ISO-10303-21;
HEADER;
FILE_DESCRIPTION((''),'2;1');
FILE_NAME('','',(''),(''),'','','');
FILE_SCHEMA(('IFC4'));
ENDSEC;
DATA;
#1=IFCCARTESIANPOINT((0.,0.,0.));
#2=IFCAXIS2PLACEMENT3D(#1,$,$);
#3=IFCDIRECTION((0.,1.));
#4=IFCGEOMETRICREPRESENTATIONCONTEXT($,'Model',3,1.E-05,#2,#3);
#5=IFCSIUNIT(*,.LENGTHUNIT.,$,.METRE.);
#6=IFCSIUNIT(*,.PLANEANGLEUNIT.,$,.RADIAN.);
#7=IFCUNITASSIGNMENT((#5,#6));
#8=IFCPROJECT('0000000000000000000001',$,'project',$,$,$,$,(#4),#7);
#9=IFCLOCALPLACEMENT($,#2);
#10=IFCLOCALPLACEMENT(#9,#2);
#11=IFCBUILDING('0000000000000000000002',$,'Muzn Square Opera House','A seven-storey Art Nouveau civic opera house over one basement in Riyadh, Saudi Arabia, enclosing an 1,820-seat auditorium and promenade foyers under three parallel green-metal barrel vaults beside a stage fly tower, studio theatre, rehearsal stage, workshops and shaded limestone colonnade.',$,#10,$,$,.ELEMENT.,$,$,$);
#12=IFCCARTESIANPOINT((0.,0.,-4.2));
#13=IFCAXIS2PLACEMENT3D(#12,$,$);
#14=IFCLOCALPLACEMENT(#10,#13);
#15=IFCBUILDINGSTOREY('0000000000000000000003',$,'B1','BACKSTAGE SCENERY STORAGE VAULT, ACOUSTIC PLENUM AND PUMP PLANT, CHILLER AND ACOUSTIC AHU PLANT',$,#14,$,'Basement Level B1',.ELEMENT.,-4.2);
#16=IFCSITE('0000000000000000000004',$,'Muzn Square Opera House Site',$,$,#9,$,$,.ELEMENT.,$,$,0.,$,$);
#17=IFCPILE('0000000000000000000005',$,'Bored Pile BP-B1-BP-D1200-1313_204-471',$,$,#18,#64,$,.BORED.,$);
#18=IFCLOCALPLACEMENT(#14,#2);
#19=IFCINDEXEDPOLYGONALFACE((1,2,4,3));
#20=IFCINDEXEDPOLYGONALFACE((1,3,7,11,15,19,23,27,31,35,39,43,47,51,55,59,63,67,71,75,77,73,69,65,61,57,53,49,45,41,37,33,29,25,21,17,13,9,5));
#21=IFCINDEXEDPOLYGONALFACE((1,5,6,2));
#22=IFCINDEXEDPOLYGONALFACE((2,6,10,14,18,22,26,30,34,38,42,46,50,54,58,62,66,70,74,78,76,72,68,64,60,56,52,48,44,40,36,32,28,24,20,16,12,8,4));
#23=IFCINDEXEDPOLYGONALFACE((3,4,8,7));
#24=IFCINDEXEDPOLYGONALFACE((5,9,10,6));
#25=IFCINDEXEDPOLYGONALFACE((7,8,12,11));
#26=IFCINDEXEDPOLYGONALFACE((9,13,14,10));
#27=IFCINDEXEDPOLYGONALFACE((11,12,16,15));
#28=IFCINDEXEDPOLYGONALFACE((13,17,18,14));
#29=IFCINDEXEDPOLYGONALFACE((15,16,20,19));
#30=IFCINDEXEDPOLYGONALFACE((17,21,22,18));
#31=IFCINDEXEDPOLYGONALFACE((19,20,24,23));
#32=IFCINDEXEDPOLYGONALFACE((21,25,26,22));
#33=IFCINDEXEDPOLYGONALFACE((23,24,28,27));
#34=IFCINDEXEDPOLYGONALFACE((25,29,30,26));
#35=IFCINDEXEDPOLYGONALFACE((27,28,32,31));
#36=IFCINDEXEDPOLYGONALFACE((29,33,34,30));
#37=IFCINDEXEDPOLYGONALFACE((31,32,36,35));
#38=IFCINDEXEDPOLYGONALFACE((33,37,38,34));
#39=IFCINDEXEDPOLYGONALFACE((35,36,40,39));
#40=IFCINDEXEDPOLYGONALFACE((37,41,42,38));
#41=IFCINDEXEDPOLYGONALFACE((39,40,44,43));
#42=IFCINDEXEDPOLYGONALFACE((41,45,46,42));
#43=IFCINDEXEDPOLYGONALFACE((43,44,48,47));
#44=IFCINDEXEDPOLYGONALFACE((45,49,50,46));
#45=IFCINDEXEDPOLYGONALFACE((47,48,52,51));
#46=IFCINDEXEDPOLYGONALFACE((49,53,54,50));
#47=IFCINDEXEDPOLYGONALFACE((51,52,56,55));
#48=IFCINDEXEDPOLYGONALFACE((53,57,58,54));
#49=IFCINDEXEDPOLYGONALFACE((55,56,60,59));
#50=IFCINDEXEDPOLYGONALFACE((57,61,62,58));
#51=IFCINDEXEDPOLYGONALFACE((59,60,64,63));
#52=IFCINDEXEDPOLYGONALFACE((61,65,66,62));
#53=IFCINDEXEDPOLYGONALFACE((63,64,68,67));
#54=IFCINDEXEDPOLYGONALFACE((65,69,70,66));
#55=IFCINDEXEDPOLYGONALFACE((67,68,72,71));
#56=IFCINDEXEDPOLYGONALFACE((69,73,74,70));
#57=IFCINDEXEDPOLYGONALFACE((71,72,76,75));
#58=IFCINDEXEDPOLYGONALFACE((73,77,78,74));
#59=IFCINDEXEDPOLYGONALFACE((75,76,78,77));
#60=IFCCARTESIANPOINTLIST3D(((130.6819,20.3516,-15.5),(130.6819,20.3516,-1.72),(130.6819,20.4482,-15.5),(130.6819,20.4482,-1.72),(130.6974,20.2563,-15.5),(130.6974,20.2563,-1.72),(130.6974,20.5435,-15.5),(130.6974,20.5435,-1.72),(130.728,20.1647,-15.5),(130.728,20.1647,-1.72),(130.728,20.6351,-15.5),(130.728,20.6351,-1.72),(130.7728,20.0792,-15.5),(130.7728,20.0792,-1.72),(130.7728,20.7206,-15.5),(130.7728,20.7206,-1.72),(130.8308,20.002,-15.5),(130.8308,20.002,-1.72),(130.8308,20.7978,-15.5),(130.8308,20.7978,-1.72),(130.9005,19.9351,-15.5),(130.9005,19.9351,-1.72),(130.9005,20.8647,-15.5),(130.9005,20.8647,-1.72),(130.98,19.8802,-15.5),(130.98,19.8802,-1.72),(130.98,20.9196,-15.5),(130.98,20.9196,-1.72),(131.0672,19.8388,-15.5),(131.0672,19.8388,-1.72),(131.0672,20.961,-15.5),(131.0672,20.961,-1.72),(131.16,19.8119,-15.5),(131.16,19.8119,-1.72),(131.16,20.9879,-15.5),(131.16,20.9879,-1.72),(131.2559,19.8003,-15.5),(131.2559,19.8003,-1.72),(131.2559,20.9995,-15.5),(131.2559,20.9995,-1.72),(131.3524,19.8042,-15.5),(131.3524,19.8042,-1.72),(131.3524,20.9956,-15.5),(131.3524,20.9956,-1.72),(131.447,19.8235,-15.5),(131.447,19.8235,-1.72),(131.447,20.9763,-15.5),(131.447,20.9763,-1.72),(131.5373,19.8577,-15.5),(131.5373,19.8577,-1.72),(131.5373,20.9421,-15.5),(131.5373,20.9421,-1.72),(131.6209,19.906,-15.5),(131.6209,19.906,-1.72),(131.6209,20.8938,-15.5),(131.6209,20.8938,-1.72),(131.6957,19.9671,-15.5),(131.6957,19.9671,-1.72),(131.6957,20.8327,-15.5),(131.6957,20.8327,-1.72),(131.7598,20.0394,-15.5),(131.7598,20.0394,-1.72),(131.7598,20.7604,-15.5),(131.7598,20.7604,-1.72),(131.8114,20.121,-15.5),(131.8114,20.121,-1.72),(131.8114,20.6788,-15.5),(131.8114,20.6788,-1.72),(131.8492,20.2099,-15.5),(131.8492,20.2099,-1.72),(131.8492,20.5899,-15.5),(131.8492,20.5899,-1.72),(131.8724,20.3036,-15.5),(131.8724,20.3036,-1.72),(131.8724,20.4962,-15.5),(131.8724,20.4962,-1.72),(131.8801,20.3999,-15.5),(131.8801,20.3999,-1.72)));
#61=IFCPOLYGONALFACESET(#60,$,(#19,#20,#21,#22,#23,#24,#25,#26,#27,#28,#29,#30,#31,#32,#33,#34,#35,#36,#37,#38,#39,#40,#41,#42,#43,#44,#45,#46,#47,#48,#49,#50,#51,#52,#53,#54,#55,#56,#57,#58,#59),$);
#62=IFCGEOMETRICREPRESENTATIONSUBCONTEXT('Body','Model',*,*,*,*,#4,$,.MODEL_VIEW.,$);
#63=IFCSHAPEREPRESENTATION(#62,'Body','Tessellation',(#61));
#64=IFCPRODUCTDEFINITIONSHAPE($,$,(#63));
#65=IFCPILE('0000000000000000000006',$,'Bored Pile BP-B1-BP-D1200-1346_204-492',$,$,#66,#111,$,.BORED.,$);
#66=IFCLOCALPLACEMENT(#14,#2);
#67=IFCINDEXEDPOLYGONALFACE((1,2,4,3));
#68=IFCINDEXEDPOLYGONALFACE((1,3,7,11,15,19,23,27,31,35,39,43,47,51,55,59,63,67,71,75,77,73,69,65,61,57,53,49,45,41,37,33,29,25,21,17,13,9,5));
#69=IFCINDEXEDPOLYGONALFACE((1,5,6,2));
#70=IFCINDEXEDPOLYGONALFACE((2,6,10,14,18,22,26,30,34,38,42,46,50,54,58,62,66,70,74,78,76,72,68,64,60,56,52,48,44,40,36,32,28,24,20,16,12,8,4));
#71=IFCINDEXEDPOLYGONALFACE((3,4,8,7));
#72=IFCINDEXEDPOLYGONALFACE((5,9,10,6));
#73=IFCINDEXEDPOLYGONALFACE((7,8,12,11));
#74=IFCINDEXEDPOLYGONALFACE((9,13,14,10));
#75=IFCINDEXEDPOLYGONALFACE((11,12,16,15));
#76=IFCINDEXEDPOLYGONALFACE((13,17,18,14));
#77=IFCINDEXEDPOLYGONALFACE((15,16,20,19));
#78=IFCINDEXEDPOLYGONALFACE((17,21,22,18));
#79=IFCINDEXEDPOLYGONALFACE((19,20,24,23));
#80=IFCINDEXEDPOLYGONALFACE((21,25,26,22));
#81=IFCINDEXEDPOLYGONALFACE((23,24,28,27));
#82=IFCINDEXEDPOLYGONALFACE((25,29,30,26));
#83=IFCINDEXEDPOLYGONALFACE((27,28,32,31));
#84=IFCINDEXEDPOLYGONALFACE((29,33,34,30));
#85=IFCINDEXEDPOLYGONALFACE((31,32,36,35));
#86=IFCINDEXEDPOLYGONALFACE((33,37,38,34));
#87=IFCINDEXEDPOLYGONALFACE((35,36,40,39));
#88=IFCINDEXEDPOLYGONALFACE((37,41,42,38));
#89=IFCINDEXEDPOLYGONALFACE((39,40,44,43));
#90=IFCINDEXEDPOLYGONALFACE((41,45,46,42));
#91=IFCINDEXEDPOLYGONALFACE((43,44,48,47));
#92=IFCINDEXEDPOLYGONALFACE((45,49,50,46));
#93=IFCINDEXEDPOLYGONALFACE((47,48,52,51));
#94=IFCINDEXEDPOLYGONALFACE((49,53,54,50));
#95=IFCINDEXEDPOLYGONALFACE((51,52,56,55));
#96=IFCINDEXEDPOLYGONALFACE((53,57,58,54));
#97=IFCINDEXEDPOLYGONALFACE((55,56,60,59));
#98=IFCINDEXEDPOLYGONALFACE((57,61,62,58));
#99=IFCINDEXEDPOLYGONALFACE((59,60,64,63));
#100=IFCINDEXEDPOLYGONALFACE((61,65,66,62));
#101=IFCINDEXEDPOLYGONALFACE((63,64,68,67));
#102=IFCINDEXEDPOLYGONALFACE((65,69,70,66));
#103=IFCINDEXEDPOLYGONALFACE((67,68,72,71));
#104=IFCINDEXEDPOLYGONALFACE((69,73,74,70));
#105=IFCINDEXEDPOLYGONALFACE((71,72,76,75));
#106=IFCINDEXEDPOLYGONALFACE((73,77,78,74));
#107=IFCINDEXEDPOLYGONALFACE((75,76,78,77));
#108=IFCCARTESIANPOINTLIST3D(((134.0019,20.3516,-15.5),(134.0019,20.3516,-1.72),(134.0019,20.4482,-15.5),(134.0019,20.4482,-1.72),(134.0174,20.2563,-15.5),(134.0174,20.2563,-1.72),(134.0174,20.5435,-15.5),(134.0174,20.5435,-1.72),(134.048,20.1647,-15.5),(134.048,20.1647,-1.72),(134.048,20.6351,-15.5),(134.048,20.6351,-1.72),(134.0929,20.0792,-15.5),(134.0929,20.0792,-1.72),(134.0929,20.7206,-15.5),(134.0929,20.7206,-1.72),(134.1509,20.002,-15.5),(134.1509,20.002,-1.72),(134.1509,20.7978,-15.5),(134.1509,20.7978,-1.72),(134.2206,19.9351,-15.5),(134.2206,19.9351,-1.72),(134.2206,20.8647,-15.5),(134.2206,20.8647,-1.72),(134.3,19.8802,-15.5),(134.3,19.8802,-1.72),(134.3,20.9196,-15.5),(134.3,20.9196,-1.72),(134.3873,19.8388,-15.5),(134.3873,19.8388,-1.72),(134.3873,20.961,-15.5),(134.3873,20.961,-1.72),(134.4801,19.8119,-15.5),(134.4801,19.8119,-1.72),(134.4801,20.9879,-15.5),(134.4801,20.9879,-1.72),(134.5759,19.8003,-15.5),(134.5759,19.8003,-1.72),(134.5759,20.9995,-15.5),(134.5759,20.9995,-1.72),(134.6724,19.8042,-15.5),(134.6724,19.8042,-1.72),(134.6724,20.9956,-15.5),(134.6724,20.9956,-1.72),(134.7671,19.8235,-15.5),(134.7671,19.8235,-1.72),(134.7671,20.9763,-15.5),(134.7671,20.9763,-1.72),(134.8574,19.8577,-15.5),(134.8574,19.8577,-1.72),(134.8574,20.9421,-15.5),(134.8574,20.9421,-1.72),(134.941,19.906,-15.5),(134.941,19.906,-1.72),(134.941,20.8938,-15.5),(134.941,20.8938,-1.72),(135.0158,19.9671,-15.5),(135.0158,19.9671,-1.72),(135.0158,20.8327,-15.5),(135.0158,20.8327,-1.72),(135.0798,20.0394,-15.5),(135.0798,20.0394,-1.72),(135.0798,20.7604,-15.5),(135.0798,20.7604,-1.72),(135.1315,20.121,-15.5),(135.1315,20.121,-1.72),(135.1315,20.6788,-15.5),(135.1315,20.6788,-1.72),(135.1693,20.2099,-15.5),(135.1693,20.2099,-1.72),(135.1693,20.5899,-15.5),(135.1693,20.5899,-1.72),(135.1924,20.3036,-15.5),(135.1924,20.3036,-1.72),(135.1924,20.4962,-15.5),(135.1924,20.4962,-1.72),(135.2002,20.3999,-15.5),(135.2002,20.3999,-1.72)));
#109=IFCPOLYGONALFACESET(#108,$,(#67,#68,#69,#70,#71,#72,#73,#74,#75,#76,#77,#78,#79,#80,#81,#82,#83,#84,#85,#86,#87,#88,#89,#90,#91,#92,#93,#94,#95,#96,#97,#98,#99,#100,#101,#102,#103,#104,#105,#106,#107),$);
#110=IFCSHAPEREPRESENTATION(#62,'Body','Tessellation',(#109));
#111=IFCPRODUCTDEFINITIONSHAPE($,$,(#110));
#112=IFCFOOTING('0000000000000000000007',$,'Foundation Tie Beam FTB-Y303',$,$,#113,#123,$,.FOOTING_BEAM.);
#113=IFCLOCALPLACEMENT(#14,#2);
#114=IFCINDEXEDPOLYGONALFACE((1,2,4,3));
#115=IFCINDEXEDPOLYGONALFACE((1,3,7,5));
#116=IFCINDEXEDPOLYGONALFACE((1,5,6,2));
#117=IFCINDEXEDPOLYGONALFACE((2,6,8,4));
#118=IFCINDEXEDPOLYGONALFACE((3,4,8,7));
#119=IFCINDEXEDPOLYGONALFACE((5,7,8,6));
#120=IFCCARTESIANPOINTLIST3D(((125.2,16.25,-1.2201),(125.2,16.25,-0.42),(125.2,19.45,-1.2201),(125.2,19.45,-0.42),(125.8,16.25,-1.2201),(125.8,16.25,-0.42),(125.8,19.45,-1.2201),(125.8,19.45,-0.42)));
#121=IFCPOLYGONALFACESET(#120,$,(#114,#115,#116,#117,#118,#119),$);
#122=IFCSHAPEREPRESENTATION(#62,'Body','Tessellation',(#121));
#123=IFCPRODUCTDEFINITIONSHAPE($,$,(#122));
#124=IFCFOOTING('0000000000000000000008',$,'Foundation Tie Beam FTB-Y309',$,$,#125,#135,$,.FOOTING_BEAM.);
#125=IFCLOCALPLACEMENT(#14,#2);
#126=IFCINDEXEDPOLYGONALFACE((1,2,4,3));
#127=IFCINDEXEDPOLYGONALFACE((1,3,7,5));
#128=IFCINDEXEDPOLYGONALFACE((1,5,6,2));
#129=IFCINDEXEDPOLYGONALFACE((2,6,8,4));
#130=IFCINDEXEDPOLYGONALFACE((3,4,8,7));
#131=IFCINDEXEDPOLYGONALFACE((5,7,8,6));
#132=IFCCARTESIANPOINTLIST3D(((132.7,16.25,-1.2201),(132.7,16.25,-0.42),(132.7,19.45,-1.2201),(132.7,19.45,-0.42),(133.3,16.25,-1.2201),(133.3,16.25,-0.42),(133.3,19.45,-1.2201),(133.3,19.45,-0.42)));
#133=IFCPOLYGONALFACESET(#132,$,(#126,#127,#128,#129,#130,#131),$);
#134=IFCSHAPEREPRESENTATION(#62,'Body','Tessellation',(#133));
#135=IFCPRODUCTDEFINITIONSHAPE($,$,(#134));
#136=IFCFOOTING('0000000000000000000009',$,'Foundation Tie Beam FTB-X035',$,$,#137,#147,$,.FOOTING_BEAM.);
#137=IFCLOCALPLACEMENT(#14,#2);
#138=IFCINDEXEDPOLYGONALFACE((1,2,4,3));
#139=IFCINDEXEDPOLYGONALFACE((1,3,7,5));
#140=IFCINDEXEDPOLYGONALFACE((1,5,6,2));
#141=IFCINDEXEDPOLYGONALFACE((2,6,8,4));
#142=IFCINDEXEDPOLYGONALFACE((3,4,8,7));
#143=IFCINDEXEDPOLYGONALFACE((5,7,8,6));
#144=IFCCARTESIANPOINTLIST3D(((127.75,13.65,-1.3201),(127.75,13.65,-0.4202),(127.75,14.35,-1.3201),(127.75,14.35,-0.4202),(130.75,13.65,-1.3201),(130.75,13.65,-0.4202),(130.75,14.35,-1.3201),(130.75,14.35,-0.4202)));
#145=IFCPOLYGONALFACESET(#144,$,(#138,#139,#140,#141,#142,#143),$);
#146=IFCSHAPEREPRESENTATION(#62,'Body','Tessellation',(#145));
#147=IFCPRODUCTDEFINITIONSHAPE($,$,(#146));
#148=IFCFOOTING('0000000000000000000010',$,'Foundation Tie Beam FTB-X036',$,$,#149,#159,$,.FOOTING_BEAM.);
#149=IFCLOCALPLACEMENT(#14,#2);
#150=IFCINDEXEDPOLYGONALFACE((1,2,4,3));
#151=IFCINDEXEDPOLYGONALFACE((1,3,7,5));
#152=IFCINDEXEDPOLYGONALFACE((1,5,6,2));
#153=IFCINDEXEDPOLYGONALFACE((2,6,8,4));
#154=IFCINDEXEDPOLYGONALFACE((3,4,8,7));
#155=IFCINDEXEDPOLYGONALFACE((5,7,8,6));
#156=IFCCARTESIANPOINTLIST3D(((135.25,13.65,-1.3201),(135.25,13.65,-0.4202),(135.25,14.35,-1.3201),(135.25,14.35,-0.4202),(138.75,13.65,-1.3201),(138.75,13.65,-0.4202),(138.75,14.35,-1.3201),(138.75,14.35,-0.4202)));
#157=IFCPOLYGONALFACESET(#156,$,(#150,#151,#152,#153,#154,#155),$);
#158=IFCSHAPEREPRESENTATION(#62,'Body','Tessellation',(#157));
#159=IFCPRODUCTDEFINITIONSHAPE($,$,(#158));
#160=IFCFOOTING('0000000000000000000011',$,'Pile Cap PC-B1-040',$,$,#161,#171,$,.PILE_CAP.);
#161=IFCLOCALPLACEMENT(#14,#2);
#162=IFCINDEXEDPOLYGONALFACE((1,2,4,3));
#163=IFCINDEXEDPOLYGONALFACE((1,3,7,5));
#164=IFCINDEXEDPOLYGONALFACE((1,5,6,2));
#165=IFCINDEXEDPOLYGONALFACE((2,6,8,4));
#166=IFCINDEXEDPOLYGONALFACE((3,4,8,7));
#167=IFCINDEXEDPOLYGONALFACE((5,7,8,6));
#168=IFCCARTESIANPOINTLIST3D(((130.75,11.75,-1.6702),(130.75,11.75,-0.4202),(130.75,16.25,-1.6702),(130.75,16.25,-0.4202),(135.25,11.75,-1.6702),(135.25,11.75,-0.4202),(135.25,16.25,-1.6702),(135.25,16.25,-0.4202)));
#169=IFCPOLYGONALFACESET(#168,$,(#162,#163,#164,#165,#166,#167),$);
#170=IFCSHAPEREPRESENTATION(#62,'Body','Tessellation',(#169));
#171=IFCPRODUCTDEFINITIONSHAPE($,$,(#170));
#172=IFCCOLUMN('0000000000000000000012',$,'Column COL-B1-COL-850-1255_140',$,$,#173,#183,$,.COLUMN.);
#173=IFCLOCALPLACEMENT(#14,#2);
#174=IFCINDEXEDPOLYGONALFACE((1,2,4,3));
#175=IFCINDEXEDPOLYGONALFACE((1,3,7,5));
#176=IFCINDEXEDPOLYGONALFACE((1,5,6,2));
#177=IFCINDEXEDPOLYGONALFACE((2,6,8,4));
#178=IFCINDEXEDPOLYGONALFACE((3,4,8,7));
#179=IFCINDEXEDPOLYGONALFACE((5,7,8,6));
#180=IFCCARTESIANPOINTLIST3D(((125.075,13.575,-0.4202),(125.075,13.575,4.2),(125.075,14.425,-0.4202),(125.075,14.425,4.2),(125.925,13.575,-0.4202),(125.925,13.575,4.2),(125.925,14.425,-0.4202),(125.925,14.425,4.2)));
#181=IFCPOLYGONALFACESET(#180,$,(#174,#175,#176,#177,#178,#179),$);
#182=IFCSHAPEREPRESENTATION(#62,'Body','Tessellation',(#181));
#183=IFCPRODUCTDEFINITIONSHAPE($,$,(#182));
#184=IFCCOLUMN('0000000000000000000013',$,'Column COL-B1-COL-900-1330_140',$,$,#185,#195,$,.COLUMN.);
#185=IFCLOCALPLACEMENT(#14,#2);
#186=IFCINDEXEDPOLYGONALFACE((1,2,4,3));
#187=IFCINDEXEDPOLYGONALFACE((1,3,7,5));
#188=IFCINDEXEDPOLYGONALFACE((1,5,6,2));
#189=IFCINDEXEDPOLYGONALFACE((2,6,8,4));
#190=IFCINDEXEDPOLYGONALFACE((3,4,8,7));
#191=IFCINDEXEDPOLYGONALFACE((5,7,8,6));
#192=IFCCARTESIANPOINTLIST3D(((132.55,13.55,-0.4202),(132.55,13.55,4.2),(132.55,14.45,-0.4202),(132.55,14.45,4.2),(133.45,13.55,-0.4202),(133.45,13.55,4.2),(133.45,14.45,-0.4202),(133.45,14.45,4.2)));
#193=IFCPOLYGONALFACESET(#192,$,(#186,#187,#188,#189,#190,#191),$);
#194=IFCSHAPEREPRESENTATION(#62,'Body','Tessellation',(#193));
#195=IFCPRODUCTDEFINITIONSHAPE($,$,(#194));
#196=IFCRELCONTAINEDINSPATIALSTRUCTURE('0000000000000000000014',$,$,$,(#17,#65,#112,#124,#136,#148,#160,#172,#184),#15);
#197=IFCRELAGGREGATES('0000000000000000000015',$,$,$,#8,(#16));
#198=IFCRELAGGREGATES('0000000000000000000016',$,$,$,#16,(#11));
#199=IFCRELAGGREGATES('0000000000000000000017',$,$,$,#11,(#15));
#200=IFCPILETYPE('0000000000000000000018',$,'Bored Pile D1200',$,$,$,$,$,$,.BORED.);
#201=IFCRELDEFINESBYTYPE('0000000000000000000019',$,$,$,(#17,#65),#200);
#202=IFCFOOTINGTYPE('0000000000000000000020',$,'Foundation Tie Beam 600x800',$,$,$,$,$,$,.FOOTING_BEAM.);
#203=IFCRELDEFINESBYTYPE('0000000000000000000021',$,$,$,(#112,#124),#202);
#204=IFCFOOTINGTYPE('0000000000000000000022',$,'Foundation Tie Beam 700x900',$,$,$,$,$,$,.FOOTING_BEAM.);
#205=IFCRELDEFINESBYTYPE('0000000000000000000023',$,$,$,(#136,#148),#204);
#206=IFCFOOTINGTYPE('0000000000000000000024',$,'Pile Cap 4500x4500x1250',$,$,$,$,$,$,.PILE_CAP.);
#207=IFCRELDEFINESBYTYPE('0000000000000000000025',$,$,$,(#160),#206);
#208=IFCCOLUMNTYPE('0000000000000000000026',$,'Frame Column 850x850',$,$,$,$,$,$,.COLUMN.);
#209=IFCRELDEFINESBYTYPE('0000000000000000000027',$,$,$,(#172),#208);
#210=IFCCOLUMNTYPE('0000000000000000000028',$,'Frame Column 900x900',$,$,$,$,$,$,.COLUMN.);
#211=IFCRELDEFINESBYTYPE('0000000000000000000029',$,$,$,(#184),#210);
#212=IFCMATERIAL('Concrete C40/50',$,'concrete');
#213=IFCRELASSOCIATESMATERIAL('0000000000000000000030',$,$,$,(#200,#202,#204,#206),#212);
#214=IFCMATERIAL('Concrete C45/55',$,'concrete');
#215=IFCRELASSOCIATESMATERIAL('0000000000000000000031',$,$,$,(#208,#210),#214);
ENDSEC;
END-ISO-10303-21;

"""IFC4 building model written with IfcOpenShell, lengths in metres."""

from ifc_helpers import new_model, si_unit, direction, frame, origin, origin_2d, place, context, subcontext, project, spatial, rectangle, circle, extrude, material, material_profile, profile_set, type_object, element, save


model = new_model("IFC4")

# Units and contexts
model_context = context("Model", 3, precision=1e-05, world=origin(), true_north=direction((0.0, 1.0)))
body_context = subcontext(model_context, "Body", "Model", "MODEL_VIEW")
ifc_project = project(units=[si_unit("LENGTHUNIT", "METRE"), si_unit("PLANEANGLEUNIT", "RADIAN")], contexts=[model_context])

# Site, building, storey
site_placement = place(None, origin())
site = spatial("IfcSite", under=ifc_project, at=site_placement, Name="Muzn Square Opera House Site", CompositionType="ELEMENT", RefElevation=0.0)
building_placement = place(site_placement, origin())
building = spatial("IfcBuilding", under=site, at=building_placement, Name="Muzn Square Opera House", Description="A seven-storey Art Nouveau civic opera house over one basement in Riyadh, Saudi Arabia, enclosing an 1,820-seat auditorium and promenade foyers under three parallel green-metal barrel vaults beside a stage fly tower, studio theatre, rehearsal stage, workshops and shaded limestone colonnade.", CompositionType="ELEMENT")
storey_placement = place(building_placement, frame((0.0, 0.0, -4.2)))
storey = spatial("IfcBuildingStorey", under=building, at=storey_placement, Name="B1", Description="BACKSTAGE SCENERY STORAGE VAULT, ACOUSTIC PLENUM AND PUMP PLANT, CHILLER AND ACOUSTIC AHU PLANT", LongName="Basement Level B1", CompositionType="ELEMENT", Elevation=-4.2)

# Piles
ifc_material_1 = material(Name="Concrete C40/50", Category="concrete")
ifc_material_profile_1 = material_profile(ifc_material_1, circle(Radius=0.6001, at=origin_2d()), Name="BORED PILE D1200", Category="concrete")
ifc_profile_set_1 = profile_set([ifc_material_profile_1], Name="Concrete C40/50")
pile_type_1 = type_object("IfcPileType", Name="Bored Pile D1200", PredefinedType="BORED", material=ifc_profile_set_1)
for number, where, z_axis, x_axis, name in (
    (1, (131.28, 20.3999, -1.72), (0.0, 0.0, -1.0), (1.0, 0.0, 0.0), "Bored Pile BP-B1-BP-D1200-1313_204-471"),
    (2, (134.6001, 20.3999, -1.72), (0.0, 0.0, -1.0), (1.0, 0.0, 0.0), "Bored Pile BP-B1-BP-D1200-1346_204-492"),
):
    element("IfcPile", number, at=place(storey_placement, frame(where, z_axis=z_axis, x_axis=x_axis)), inside=storey, type_object=pile_type_1, Name=name, PredefinedType="BORED", context=body_context, shape_type="SweptSolid", body=[
        extrude(circle(Radius=0.6001, at=origin_2d()), origin(), (0.0, 0.0, 1.0), 13.78),
    ])

# Footings
ifc_material_profile_2 = material_profile(ifc_material_1, rectangle(XDim=0.6001, YDim=0.8, at=origin_2d()), Name="RCTB 600x800", Category="concrete")
ifc_profile_set_2 = profile_set([ifc_material_profile_2], Name="Concrete C40/50")
footing_type_1 = type_object("IfcFootingType", Name="Foundation Tie Beam 600x800", PredefinedType="FOOTING_BEAM", material=ifc_profile_set_2)
for number, where, z_axis, x_axis, name in (
    (3, (125.5, 16.25, -0.8201), (0.0, 1.0, 0.0), (-1.0, 0.0, 0.0), "Foundation Tie Beam FTB-Y303"),
    (4, (133.0, 16.25, -0.8201), (0.0, 1.0, 0.0), (-1.0, 0.0, 0.0), "Foundation Tie Beam FTB-Y309"),
):
    element("IfcFooting", number, at=place(storey_placement, frame(where, z_axis=z_axis, x_axis=x_axis)), inside=storey, type_object=footing_type_1, Name=name, PredefinedType="FOOTING_BEAM", context=body_context, shape_type="SweptSolid", body=[
        extrude(rectangle(XDim=0.6001, YDim=0.8, at=origin_2d()), origin(), (0.0, 0.0, 1.0), 3.2),
    ])
ifc_material_profile_3 = material_profile(ifc_material_1, rectangle(XDim=0.7, YDim=0.8999, at=origin_2d()), Name="RCTB 700x900", Category="concrete")
ifc_profile_set_3 = profile_set([ifc_material_profile_3], Name="Concrete C40/50")
footing_type_2 = type_object("IfcFootingType", Name="Foundation Tie Beam 700x900", PredefinedType="FOOTING_BEAM", material=ifc_profile_set_3)
footing_1_placement = place(storey_placement, frame((127.75, 14.0, -0.8701), z_axis=(1.0, 0.0, 0.0), x_axis=(0.0, 1.0, 0.0)))
element("IfcFooting", 5, at=footing_1_placement, inside=storey, type_object=footing_type_2, Name="Foundation Tie Beam FTB-X035", PredefinedType="FOOTING_BEAM", context=body_context, shape_type="SweptSolid", body=[
    extrude(rectangle(XDim=0.7, YDim=0.8999, at=origin_2d()), origin(), (0.0, 0.0, 1.0), 3.0),
])
footing_2_placement = place(storey_placement, frame((135.25, 14.0, -0.8701), z_axis=(1.0, 0.0, 0.0), x_axis=(0.0, 1.0, 0.0)))
element("IfcFooting", 6, at=footing_2_placement, inside=storey, type_object=footing_type_2, Name="Foundation Tie Beam FTB-X036", PredefinedType="FOOTING_BEAM", context=body_context, shape_type="SweptSolid", body=[
    extrude(rectangle(XDim=0.7, YDim=0.8999, at=origin_2d()), origin(), (0.0, 0.0, 1.0), 3.5),
])
footing_type_3 = type_object("IfcFootingType", Name="Pile Cap 4500x4500x1250", PredefinedType="PILE_CAP", material=ifc_material_1)
footing_3_placement = place(storey_placement, frame((133.0, 14.0, -1.6702), z_axis=(0.0, 0.0, 1.0), x_axis=(1.0, 0.0, 0.0)))
element("IfcFooting", 7, at=footing_3_placement, inside=storey, type_object=footing_type_3, Name="Pile Cap PC-B1-040", PredefinedType="PILE_CAP", context=body_context, shape_type="SweptSolid", body=[
    extrude(rectangle(XDim=4.5, YDim=4.5, at=origin_2d()), origin(), (0.0, 0.0, 1.0), 1.25),
])

# Columns
ifc_material_2 = material(Name="Concrete C45/55", Category="concrete")
ifc_material_profile_4 = material_profile(ifc_material_2, rectangle(XDim=0.8501, YDim=0.8501, at=origin_2d()), Name="RC 850x850", Category="concrete")
ifc_profile_set_4 = profile_set([ifc_material_profile_4], Name="Concrete C45/55")
column_type_1 = type_object("IfcColumnType", Name="Frame Column 850x850", PredefinedType="COLUMN", material=ifc_profile_set_4)
column_1_placement = place(storey_placement, frame((125.5, 14.0, -0.4202), z_axis=(0.0, 0.0, 1.0), x_axis=(1.0, 0.0, 0.0)))
element("IfcColumn", 8, at=column_1_placement, inside=storey, type_object=column_type_1, Name="Column COL-B1-COL-850-1255_140", PredefinedType="COLUMN", context=body_context, shape_type="SweptSolid", body=[
    extrude(rectangle(XDim=0.8501, YDim=0.8501, at=origin_2d()), origin(), (0.0, 0.0, 1.0), 4.6201),
])
ifc_material_profile_5 = material_profile(ifc_material_2, rectangle(XDim=0.8999, YDim=0.8999, at=origin_2d()), Name="RC 900x900", Category="concrete")
ifc_profile_set_5 = profile_set([ifc_material_profile_5], Name="Concrete C45/55")
column_type_2 = type_object("IfcColumnType", Name="Frame Column 900x900", PredefinedType="COLUMN", material=ifc_profile_set_5)
column_2_placement = place(storey_placement, frame((133.0, 14.0, -0.4202), z_axis=(0.0, 0.0, 1.0), x_axis=(1.0, 0.0, 0.0)))
element("IfcColumn", 9, at=column_2_placement, inside=storey, type_object=column_type_2, Name="Column COL-B1-COL-900-1330_140", PredefinedType="COLUMN", context=body_context, shape_type="SweptSolid", body=[
    extrude(rectangle(XDim=0.8999, YDim=0.8999, at=origin_2d()), origin(), (0.0, 0.0, 1.0), 4.6201),
])

save(model, "model.ifc")
